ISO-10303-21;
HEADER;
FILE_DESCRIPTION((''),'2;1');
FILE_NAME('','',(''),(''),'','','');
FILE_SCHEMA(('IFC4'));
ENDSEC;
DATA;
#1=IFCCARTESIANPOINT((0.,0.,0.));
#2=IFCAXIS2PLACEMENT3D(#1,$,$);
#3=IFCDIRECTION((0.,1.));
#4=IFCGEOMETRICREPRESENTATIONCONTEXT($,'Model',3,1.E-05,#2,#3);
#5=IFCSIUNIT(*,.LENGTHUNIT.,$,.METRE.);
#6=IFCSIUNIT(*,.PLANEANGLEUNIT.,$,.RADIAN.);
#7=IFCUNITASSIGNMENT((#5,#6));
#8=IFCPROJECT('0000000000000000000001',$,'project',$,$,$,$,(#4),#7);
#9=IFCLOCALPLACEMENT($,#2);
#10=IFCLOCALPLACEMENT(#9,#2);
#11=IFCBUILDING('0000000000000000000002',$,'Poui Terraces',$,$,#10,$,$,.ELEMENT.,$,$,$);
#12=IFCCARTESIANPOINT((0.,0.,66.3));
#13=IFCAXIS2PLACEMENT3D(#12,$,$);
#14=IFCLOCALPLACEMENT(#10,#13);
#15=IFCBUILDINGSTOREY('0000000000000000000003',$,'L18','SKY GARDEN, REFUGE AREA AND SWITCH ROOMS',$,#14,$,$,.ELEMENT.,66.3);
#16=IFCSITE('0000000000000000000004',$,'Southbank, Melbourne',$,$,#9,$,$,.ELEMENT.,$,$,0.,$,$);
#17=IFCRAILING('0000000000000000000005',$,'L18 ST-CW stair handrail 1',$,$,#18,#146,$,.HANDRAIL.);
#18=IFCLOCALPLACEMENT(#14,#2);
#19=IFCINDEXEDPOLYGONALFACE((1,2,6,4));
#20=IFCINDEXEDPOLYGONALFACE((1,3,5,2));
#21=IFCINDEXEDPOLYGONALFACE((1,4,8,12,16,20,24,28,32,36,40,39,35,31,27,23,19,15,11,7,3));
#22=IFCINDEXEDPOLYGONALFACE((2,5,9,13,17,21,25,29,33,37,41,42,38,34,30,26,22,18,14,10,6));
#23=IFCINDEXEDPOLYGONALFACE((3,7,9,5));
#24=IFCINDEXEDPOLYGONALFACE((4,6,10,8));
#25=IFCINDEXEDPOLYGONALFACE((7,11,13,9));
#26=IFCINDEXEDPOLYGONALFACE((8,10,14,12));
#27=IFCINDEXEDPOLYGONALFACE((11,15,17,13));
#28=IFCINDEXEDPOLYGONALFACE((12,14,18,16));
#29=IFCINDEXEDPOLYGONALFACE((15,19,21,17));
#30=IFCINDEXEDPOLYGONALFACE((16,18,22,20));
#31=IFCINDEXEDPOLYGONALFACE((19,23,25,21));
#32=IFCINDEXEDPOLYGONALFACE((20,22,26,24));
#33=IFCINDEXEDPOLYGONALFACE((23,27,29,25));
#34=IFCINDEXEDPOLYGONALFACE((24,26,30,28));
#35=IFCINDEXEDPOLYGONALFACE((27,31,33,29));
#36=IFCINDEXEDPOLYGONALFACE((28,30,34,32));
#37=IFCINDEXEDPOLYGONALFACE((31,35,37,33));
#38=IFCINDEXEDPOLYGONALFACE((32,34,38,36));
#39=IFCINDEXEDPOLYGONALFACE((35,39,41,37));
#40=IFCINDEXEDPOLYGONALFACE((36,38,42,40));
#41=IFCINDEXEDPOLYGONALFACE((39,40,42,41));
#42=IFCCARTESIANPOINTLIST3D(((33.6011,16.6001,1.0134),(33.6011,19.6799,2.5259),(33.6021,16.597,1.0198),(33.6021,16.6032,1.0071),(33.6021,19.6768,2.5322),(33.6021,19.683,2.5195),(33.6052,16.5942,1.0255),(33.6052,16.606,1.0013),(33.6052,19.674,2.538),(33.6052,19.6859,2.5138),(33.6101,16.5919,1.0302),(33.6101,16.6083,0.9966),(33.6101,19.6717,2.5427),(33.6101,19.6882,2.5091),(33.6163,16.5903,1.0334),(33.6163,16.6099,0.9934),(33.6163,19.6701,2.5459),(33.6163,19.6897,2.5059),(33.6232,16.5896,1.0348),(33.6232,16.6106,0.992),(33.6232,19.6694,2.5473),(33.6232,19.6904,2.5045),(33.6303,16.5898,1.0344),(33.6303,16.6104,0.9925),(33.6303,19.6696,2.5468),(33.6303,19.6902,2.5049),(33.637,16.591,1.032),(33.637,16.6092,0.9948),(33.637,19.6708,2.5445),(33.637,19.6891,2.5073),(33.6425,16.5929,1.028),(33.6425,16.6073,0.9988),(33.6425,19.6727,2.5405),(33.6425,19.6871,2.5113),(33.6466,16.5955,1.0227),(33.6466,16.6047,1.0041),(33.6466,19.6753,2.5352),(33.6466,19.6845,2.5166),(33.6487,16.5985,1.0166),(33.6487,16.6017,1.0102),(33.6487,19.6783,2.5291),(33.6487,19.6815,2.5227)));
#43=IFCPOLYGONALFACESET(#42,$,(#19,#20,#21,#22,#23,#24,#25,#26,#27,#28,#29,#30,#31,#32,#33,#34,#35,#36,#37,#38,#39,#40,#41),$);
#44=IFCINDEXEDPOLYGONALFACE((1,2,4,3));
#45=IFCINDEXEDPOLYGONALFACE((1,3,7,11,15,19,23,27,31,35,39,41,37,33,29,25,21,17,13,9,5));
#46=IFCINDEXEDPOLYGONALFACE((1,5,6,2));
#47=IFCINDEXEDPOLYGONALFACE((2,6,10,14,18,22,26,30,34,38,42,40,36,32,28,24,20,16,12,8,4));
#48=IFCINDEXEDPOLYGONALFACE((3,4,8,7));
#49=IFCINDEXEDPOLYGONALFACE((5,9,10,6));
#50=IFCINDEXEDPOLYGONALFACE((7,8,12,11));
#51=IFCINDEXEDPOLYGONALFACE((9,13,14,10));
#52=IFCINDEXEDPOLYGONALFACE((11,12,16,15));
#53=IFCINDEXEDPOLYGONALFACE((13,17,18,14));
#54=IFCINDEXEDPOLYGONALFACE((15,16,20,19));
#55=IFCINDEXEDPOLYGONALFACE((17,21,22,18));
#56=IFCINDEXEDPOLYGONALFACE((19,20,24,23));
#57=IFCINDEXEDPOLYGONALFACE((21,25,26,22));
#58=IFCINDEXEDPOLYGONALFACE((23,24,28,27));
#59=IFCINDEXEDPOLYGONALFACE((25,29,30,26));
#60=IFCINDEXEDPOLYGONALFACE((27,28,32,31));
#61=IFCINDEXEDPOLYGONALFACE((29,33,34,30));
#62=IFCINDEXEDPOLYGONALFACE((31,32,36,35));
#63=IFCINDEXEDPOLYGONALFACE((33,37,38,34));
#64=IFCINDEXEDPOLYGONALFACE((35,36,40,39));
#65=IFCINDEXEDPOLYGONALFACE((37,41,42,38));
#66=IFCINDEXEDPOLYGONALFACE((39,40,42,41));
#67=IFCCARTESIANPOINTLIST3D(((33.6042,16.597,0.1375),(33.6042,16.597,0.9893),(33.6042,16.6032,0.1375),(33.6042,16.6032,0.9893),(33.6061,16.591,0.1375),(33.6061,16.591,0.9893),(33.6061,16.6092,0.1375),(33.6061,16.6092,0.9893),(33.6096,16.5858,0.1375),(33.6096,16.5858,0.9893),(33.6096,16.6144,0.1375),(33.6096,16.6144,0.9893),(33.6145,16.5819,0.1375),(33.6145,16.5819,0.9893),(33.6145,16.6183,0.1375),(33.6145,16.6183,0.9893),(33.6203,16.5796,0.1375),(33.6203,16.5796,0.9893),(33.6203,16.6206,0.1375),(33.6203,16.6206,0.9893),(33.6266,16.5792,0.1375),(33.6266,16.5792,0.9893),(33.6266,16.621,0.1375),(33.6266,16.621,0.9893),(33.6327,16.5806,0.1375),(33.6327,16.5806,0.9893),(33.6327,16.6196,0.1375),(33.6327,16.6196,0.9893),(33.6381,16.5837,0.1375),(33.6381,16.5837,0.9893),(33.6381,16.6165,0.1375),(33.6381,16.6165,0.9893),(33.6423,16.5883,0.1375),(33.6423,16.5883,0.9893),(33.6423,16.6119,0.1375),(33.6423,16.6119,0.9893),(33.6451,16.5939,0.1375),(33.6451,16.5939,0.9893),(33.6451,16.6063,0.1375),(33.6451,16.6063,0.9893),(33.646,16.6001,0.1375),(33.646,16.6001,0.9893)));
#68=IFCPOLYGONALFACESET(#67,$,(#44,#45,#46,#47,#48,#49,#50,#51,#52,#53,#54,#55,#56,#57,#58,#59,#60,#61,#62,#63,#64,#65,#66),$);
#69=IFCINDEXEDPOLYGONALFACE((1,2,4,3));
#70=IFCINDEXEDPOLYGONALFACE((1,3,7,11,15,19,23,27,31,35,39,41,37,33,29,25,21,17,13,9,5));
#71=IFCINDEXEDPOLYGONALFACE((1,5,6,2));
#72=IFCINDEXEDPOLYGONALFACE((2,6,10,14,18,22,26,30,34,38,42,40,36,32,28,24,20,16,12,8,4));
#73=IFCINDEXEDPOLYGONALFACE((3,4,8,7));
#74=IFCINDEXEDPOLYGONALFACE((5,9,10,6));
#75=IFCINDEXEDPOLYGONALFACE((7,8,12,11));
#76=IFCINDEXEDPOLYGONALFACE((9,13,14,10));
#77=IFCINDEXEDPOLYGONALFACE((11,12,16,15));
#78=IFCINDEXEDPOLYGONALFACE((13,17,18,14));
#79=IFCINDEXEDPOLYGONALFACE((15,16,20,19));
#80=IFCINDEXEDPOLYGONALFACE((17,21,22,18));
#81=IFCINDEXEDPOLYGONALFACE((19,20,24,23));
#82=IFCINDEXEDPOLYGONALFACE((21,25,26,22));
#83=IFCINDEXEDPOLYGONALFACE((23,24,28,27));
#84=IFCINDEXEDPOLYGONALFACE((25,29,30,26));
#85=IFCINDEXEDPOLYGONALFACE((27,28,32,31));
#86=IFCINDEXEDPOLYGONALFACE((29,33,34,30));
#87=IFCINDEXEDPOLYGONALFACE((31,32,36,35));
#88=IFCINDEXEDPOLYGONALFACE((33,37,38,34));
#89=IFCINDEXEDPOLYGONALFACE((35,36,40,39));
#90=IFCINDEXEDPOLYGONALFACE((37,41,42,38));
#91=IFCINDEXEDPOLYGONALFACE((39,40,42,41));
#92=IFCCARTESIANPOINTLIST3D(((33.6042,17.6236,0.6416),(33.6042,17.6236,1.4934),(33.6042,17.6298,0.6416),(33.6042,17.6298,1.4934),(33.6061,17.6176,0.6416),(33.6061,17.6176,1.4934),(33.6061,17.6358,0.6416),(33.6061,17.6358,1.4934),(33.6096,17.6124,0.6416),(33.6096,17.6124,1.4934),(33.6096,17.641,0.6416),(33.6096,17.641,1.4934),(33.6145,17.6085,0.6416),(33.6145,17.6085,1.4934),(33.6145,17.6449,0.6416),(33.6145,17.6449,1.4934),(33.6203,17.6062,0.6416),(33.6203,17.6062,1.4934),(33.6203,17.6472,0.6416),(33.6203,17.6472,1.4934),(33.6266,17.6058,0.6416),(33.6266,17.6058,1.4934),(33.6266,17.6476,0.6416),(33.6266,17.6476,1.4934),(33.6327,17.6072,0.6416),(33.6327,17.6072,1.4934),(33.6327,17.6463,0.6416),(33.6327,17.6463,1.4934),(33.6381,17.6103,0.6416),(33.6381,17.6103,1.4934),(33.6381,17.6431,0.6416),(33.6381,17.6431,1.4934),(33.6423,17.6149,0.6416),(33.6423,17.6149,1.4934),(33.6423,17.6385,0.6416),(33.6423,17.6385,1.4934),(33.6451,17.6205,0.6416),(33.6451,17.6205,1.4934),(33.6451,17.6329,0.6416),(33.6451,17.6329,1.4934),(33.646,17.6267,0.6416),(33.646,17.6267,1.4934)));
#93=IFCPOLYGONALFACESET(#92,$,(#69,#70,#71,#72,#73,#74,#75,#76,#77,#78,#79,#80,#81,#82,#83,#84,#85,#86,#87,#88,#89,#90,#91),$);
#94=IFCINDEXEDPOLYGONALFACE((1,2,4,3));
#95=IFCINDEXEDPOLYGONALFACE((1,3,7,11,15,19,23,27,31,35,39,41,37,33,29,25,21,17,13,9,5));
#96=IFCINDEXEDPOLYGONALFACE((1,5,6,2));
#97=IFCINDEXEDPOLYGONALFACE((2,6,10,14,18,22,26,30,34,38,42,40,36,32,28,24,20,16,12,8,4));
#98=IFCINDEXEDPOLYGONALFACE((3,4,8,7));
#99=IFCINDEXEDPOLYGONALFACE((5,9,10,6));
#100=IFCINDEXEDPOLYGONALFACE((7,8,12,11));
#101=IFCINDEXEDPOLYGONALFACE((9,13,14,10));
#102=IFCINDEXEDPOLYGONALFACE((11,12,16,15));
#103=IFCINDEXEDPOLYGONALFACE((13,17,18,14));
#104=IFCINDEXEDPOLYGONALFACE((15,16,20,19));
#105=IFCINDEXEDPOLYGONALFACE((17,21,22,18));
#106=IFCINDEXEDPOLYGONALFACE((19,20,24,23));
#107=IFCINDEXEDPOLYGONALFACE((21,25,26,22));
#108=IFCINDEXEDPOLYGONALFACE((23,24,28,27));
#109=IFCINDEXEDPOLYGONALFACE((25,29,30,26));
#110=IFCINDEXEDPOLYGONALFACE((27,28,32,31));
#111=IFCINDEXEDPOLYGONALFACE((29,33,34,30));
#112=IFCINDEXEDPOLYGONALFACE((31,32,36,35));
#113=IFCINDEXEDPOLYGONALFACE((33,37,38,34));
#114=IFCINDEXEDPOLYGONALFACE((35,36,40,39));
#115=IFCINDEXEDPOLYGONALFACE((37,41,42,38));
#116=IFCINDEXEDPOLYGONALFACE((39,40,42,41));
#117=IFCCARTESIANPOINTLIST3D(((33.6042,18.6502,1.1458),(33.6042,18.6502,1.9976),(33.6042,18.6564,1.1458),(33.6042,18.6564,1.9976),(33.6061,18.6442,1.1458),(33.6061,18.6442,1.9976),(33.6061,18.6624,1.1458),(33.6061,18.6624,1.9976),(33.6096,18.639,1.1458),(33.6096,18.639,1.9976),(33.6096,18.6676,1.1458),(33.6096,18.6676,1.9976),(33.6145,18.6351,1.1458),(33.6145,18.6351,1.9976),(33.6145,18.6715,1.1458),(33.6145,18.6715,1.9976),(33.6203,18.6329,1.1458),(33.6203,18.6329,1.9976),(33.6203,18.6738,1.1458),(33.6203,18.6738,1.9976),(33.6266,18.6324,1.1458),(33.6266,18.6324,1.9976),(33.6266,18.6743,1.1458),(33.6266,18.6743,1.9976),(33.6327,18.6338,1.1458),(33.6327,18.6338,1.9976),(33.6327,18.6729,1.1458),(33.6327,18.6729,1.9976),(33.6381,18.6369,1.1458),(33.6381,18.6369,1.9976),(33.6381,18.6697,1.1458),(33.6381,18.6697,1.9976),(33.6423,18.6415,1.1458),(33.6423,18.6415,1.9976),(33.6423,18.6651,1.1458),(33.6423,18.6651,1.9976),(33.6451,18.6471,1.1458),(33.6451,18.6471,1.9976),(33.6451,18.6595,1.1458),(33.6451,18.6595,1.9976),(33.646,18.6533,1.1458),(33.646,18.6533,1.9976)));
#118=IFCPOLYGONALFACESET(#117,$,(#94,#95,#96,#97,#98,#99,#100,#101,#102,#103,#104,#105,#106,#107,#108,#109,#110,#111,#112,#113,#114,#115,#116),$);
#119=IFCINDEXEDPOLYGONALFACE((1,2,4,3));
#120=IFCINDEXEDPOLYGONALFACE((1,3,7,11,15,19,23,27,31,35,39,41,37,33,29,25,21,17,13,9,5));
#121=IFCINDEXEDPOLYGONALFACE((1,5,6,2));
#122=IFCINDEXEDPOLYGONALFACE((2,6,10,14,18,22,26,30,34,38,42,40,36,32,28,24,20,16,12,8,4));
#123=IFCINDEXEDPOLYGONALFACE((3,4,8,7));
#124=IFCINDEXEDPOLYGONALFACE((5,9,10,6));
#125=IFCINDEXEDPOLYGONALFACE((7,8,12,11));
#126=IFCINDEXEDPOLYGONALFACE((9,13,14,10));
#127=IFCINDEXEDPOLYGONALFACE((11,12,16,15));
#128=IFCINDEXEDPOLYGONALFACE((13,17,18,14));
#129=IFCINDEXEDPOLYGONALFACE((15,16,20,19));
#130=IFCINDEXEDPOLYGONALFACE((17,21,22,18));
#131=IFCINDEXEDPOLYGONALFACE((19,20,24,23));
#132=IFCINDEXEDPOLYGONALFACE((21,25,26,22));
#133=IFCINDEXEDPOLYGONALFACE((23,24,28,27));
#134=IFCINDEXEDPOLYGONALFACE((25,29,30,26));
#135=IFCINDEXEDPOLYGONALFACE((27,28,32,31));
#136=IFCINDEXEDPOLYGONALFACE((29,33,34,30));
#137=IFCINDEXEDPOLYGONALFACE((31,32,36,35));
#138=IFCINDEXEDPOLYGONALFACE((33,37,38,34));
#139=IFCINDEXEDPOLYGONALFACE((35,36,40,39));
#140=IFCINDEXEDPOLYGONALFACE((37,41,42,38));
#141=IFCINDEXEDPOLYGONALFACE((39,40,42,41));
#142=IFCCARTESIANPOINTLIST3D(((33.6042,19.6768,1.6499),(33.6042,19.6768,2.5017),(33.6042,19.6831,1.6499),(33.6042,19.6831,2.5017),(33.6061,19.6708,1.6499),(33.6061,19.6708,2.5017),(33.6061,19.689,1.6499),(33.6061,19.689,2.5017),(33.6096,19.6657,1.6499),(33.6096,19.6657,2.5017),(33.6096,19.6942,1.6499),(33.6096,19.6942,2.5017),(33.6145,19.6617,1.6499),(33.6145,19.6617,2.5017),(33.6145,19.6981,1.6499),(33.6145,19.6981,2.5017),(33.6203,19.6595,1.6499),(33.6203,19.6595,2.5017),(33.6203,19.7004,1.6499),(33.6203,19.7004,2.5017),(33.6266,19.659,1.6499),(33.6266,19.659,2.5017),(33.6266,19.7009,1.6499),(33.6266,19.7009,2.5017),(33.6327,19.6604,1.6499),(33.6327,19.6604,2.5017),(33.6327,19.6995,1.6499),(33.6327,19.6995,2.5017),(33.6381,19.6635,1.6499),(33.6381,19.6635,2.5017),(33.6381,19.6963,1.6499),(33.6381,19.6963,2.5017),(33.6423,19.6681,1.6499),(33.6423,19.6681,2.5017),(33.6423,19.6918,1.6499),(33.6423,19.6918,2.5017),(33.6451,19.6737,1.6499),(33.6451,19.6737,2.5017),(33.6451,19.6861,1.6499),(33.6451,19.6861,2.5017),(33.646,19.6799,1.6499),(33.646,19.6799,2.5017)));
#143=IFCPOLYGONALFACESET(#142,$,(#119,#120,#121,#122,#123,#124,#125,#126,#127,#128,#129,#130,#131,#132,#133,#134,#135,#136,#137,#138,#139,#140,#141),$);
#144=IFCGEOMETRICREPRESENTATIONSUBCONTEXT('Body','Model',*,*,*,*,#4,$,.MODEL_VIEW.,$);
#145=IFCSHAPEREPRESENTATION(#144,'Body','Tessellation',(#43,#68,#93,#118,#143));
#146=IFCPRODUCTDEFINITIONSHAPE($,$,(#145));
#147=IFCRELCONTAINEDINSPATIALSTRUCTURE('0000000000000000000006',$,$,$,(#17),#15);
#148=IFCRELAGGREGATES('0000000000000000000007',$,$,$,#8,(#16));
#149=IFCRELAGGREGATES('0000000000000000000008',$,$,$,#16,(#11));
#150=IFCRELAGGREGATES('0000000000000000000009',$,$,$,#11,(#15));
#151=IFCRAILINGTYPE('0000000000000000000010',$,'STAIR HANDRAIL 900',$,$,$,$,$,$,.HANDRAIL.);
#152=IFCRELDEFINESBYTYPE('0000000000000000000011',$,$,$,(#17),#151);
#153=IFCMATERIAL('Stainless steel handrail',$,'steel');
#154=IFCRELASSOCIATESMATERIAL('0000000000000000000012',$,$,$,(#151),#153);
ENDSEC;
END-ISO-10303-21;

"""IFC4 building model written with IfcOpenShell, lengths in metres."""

from ifc_helpers import new_model, si_unit, direction, frame, origin, origin_2d, place, context, subcontext, project, spatial, circle, extrude, material, type_object, element, save


model = new_model("IFC4")

# Units and contexts
model_context = context("Model", 3, precision=1e-05, world=origin(), true_north=direction((0.0, 1.0)))
body_context = subcontext(model_context, "Body", "Model", "MODEL_VIEW")
ifc_project = project(units=[si_unit("LENGTHUNIT", "METRE"), si_unit("PLANEANGLEUNIT", "RADIAN")], contexts=[model_context])

# Site, building, storey
site_placement = place(None, origin())
site = spatial("IfcSite", under=ifc_project, at=site_placement, Name="Southbank, Melbourne", CompositionType="ELEMENT", RefElevation=0.0)
building_placement = place(site_placement, origin())
building = spatial("IfcBuilding", under=site, at=building_placement, Name="Poui Terraces", CompositionType="ELEMENT")
storey_placement = place(building_placement, frame((0.0, 0.0, 66.3)))
storey = spatial("IfcBuildingStorey", under=building, at=storey_placement, Name="L18", Description="SKY GARDEN, REFUGE AREA AND SWITCH ROOMS", CompositionType="ELEMENT", Elevation=66.3)

# Railing
ifc_material_1 = material(Name="Stainless steel handrail", Category="steel")
railing_type_1 = type_object("IfcRailingType", Name="STAIR HANDRAIL 900", PredefinedType="HANDRAIL", material=ifc_material_1)
railing_1_placement = place(storey_placement, frame((33.625, 16.6001, 0.1375)))
element("IfcRailing", 1, at=railing_1_placement, inside=storey, type_object=railing_type_1, Name="L18 ST-CW stair handrail 1", PredefinedType="HANDRAIL", context=body_context, shape_type="SweptSolid", body=[
    extrude(circle(Radius=0.0239, at=origin_2d()), frame((0.0, 0.0, 0.876), z_axis=(0.0, 0.897606, 0.440798), x_axis=(-1.0, 0.0, 0.0)), (0.0, 0.0, 1.0), 3.4312),
    extrude(circle(Radius=0.021, at=origin_2d()), origin(), (0.0, 0.0, 1.0), 0.8518),
    extrude(circle(Radius=0.021, at=origin_2d()), frame((0.0, 1.0266, 0.5042)), (0.0, 0.0, 1.0), 0.8518),
    extrude(circle(Radius=0.021, at=origin_2d()), frame((0.0, 2.0532, 1.0083)), (0.0, 0.0, 1.0), 0.8518),
    extrude(circle(Radius=0.021, at=origin_2d()), frame((0.0, 3.0798, 1.5125)), (0.0, 0.0, 1.0), 0.8518),
])

save(model, "model.ifc")
